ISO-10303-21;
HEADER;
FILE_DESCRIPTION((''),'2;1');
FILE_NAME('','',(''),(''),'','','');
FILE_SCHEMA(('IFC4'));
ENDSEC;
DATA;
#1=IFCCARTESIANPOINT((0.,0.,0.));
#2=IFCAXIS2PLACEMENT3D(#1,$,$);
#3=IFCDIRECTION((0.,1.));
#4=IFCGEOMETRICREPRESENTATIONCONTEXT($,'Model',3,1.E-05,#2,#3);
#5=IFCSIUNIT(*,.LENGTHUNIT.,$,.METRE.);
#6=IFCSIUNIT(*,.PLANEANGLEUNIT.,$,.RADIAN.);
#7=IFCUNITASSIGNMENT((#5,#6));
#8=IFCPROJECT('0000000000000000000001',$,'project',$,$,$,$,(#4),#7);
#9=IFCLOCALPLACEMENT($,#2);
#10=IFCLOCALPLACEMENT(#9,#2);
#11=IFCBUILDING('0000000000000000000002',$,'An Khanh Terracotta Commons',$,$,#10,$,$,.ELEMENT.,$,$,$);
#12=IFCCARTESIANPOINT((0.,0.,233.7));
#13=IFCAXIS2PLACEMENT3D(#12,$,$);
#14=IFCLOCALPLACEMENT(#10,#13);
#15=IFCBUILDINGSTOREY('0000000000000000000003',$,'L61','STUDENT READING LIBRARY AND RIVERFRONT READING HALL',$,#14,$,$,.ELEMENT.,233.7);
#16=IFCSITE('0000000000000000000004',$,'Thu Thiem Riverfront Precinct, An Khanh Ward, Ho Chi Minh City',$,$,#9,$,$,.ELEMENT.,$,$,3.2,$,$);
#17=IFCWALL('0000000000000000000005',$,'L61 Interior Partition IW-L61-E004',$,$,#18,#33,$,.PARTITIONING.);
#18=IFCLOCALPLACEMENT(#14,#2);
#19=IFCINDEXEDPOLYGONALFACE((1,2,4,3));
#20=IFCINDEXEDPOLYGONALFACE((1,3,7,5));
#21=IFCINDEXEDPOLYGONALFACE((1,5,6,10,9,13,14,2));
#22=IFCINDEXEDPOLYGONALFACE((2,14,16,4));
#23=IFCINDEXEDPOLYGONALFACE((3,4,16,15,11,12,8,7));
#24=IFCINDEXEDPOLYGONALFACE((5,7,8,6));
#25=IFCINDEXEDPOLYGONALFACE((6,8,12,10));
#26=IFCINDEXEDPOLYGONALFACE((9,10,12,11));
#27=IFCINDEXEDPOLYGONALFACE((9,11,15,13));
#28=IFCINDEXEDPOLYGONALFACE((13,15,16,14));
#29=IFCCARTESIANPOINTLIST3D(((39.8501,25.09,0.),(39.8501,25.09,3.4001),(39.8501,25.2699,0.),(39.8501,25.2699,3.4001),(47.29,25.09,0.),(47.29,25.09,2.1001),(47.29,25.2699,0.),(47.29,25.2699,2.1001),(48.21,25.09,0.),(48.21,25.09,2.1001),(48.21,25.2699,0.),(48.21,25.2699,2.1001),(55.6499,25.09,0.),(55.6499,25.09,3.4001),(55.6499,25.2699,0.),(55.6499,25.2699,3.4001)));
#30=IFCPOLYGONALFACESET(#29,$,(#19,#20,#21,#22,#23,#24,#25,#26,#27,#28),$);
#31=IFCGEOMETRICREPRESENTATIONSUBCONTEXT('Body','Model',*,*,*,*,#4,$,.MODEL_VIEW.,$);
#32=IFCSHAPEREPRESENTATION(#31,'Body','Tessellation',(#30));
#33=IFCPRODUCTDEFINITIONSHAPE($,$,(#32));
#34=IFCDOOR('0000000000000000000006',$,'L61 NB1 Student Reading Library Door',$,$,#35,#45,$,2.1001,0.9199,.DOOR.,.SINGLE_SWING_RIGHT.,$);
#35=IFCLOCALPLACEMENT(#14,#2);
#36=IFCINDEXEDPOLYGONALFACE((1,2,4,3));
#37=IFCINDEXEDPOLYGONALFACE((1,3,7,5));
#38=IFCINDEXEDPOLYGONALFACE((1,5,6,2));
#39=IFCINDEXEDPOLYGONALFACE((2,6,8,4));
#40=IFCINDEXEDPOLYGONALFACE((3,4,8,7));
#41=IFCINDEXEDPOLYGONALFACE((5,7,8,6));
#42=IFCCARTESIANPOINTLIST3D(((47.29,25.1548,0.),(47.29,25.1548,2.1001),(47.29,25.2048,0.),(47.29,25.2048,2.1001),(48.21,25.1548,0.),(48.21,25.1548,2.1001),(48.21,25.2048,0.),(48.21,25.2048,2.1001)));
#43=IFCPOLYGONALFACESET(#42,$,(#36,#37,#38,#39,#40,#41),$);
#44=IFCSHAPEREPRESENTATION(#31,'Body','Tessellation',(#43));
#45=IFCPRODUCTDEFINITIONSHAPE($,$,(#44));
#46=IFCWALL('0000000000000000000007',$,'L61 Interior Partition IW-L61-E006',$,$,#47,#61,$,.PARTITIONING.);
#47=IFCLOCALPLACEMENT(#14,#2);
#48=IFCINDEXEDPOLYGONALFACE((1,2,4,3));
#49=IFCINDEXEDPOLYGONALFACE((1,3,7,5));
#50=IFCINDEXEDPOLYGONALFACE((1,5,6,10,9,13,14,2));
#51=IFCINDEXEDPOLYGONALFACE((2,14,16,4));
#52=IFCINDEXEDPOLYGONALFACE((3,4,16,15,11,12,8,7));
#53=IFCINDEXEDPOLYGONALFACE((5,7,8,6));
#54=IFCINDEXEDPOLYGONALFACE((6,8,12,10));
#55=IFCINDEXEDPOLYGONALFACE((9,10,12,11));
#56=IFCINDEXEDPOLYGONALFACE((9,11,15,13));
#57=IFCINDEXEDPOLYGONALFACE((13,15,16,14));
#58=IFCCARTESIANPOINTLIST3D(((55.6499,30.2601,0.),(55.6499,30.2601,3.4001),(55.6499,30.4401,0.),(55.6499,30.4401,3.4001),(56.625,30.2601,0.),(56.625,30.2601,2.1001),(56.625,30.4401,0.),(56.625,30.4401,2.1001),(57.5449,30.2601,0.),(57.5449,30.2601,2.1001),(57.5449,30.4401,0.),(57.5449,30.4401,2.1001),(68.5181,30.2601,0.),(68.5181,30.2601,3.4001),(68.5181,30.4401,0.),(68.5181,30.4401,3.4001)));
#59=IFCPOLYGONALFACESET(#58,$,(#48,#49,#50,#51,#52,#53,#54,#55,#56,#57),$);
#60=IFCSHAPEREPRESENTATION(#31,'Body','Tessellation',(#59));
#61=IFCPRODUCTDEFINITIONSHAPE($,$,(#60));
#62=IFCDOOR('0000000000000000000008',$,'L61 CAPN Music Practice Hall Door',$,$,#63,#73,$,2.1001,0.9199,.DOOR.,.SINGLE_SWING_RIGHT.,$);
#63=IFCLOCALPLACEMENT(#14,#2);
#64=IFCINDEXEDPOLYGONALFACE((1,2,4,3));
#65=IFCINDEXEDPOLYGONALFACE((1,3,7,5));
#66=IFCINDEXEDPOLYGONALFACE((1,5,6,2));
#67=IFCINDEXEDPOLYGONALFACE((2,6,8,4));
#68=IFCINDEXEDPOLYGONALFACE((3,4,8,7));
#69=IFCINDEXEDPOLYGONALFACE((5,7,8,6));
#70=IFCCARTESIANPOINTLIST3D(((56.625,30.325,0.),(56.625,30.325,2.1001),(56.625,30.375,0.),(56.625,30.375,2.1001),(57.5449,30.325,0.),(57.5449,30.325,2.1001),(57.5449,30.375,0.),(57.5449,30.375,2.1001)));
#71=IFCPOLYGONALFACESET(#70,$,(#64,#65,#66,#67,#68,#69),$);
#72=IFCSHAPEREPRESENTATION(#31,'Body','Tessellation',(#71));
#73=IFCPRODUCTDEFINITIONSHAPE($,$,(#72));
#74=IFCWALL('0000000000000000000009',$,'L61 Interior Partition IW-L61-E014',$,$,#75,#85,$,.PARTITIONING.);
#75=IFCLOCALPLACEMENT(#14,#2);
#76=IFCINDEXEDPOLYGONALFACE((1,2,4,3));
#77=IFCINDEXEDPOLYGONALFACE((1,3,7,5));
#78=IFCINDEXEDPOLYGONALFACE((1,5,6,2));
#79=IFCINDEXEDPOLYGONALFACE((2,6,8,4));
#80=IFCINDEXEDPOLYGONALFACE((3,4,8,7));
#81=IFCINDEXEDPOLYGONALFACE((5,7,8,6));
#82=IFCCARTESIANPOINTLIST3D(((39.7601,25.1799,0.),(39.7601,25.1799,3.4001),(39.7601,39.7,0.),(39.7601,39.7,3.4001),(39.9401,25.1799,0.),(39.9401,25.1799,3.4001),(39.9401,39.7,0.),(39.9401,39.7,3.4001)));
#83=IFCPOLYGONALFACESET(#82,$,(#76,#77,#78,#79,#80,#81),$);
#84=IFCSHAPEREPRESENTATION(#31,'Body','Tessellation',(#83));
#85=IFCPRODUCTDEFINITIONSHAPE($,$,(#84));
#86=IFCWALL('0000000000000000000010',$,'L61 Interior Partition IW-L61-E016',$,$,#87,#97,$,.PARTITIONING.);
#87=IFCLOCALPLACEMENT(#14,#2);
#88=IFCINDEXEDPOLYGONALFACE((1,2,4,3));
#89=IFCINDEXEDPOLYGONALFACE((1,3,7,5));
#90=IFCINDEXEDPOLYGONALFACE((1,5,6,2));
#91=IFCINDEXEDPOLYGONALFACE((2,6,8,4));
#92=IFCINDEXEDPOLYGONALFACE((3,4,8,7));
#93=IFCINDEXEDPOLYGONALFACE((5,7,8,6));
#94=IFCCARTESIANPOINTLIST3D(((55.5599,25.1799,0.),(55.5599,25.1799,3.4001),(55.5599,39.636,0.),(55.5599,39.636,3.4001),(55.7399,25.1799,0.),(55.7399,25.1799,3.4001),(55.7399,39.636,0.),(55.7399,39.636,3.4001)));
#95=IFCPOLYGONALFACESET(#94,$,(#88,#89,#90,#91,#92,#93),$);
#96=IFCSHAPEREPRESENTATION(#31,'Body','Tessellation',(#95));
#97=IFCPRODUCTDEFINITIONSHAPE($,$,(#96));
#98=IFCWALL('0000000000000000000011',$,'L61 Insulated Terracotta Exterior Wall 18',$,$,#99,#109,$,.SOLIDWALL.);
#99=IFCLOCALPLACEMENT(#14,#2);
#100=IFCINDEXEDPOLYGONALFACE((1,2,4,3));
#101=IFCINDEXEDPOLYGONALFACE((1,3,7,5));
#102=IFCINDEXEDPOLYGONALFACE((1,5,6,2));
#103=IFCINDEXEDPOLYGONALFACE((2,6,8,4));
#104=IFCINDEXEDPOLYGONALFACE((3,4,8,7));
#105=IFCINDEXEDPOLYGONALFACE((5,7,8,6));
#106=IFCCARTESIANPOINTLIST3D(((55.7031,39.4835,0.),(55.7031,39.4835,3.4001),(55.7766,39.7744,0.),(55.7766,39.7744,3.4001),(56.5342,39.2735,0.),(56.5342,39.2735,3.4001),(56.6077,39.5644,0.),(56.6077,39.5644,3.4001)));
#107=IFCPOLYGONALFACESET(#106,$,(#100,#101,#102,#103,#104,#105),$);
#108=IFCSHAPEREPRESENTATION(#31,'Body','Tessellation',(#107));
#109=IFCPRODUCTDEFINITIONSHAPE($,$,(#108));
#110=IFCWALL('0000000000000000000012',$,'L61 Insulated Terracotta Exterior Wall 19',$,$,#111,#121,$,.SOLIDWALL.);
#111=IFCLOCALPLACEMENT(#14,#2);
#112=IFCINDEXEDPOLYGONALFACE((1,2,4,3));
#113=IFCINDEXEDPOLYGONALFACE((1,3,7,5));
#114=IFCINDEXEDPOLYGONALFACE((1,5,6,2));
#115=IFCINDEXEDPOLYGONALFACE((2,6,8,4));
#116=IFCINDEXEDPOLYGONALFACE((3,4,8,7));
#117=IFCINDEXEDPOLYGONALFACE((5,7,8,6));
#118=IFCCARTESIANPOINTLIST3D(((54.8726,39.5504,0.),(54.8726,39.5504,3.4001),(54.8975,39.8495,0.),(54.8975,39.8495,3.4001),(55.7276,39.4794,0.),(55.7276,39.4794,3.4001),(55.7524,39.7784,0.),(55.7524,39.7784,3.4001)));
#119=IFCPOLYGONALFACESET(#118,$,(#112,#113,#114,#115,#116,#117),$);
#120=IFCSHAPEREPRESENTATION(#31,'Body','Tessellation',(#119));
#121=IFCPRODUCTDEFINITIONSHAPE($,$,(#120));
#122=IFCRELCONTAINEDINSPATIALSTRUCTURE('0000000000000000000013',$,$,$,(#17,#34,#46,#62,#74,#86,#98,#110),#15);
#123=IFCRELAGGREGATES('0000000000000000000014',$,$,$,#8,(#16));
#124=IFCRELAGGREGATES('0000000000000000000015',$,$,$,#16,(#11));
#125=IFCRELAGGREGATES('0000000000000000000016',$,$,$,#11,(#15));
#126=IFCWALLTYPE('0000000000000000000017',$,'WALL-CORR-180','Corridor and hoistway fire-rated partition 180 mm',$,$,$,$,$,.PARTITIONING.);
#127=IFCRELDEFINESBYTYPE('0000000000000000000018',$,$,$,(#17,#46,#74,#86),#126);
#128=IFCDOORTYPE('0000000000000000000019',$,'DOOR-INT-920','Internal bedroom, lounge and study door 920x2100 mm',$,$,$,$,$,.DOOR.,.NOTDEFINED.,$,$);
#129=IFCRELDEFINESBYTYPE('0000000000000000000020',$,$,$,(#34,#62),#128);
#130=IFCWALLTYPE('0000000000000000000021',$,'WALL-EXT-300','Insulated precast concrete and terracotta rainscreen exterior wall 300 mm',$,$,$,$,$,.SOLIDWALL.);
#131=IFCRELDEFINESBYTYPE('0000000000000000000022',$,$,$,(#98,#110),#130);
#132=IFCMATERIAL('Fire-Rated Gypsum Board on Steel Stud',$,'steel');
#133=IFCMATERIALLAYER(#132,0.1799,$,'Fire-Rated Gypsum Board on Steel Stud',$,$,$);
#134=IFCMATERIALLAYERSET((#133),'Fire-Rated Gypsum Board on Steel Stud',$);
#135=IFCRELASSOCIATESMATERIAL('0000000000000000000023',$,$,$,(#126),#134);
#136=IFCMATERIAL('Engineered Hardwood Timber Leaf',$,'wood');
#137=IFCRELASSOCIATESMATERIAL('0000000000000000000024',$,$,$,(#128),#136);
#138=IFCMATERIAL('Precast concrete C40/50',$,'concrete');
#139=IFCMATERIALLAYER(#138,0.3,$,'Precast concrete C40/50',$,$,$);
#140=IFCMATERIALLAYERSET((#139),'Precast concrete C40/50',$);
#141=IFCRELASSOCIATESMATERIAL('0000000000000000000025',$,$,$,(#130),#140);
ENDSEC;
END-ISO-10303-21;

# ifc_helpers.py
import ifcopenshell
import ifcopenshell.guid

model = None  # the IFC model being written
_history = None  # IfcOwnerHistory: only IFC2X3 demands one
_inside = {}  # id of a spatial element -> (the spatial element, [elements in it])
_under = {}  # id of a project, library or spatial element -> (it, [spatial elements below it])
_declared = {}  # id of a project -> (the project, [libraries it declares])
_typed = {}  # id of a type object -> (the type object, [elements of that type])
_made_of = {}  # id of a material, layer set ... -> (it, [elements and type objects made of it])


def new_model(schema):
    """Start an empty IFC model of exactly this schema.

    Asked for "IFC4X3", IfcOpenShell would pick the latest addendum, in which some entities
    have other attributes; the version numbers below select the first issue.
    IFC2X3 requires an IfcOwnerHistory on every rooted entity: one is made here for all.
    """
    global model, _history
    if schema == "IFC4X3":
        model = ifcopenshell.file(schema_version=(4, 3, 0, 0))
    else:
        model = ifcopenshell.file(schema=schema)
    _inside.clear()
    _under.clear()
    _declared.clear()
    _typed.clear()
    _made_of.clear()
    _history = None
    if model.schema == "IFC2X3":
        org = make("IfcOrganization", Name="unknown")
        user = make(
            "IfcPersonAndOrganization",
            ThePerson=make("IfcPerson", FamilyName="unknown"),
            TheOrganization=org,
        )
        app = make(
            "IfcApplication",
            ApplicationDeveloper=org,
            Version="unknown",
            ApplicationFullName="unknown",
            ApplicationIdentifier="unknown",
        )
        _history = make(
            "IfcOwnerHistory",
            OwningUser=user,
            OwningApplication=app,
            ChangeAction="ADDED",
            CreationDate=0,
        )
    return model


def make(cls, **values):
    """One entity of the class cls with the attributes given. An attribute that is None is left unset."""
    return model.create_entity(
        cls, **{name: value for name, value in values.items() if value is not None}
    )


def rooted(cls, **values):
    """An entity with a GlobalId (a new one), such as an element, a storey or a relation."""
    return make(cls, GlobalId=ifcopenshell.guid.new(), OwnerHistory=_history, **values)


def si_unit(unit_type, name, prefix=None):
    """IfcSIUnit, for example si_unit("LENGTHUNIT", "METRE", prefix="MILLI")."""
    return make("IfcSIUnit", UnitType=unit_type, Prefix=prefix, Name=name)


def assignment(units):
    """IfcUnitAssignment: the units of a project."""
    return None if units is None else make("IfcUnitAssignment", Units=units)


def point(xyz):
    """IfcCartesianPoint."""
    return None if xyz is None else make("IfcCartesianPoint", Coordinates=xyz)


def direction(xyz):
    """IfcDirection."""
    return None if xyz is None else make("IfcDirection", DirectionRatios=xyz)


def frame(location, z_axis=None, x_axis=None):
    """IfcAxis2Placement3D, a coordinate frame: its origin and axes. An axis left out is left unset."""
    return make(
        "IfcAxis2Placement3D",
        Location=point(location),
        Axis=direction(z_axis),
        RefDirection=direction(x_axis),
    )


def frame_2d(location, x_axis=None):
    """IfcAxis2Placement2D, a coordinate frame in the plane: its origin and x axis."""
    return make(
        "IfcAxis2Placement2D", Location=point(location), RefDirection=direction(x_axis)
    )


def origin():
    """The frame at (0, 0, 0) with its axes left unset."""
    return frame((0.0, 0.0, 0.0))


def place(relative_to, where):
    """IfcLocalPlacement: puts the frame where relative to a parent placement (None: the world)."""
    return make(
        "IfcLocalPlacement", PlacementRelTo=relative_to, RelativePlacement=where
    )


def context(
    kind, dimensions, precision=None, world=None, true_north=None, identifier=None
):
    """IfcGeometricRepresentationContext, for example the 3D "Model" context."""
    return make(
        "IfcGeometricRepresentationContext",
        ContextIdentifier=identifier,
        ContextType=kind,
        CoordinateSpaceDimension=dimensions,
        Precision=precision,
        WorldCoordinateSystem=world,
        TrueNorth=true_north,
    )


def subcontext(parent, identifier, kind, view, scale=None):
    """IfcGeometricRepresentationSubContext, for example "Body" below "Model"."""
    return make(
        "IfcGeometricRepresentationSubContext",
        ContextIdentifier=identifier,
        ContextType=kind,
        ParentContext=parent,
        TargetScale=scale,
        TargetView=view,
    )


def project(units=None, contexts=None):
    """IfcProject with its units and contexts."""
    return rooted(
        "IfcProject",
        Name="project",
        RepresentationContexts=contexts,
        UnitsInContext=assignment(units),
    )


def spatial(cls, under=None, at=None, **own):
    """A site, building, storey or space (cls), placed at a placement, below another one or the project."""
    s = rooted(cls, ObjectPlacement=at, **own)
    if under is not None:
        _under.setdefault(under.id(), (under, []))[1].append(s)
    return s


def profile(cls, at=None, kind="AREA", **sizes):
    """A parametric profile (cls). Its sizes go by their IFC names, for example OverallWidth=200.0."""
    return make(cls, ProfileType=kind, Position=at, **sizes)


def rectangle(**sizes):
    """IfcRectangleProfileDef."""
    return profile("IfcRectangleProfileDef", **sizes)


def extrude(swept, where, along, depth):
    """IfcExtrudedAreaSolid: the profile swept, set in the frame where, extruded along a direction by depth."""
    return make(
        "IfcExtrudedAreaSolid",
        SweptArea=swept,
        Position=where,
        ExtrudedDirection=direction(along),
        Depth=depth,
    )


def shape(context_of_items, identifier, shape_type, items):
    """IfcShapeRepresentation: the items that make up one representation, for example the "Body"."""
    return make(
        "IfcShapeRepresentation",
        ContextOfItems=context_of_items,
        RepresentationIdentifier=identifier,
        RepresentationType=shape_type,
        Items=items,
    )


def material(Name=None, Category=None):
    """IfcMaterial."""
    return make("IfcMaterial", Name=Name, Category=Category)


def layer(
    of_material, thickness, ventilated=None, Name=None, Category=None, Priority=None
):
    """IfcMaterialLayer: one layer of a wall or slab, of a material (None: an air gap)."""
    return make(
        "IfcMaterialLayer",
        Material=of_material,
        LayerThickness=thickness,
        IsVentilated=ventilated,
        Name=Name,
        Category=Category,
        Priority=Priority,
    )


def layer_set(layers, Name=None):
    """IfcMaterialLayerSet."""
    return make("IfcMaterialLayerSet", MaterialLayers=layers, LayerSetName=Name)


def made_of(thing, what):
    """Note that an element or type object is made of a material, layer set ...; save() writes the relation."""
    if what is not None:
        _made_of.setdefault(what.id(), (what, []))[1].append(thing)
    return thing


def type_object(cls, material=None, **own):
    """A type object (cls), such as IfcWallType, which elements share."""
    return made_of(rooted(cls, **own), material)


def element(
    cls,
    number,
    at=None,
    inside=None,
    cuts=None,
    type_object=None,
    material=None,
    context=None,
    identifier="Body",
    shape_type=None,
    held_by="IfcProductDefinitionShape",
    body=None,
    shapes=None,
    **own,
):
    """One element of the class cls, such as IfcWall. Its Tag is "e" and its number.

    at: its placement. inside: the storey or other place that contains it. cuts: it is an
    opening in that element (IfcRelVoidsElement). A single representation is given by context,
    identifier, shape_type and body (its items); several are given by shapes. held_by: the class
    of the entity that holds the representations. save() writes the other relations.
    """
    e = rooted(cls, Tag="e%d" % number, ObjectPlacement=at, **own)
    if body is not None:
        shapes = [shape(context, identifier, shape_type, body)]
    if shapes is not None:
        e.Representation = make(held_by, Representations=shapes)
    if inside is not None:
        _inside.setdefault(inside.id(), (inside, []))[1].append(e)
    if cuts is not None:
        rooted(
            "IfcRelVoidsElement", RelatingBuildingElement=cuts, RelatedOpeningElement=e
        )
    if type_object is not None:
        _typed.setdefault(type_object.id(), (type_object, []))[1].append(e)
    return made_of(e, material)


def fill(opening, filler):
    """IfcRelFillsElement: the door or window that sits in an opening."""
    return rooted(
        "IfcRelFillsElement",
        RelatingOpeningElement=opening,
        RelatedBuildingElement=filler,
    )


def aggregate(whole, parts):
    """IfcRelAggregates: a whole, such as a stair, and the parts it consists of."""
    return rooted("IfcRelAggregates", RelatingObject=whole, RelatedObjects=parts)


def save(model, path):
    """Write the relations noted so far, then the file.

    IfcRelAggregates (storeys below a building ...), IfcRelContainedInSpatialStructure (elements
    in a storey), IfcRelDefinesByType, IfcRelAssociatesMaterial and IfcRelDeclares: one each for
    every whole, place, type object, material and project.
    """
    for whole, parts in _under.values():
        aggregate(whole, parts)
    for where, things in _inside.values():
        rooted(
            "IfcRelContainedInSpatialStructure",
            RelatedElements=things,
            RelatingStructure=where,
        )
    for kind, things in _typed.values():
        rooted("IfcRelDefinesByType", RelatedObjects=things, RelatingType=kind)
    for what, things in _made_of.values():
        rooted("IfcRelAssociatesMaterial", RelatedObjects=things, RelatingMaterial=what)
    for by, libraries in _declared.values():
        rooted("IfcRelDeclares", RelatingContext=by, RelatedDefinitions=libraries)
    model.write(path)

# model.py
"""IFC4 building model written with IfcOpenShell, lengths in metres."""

from ifc_helpers import new_model, si_unit, direction, frame, frame_2d, origin, place, context, subcontext, project, spatial, rectangle, extrude, material, layer, layer_set, type_object, element, fill, save


model = new_model("IFC4")

# Units and contexts
model_context = context("Model", 3, precision=1e-05, world=origin(), true_north=direction((0.0, 1.0)))
body_context = subcontext(model_context, "Body", "Model", "MODEL_VIEW")
ifc_project = project(units=[si_unit("LENGTHUNIT", "METRE"), si_unit("PLANEANGLEUNIT", "RADIAN")], contexts=[model_context])

# Site, building, storey
site_placement = place(None, origin())
site = spatial("IfcSite", under=ifc_project, at=site_placement, Name="Thu Thiem Riverfront Precinct, An Khanh Ward, Ho Chi Minh City", CompositionType="ELEMENT", RefElevation=3.2)
building_placement = place(site_placement, origin())
building = spatial("IfcBuilding", under=site, at=building_placement, Name="An Khanh Terracotta Commons", CompositionType="ELEMENT")
storey_placement = place(building_placement, frame((0.0, 0.0, 233.7)))
storey = spatial("IfcBuildingStorey", under=building, at=storey_placement, Name="L61", Description="STUDENT READING LIBRARY AND RIVERFRONT READING HALL", CompositionType="ELEMENT", Elevation=233.7)

# Walls, openings, doors
ifc_material_1 = material(Name="Fire-Rated Gypsum Board on Steel Stud", Category="steel")
ifc_layer_1 = layer(ifc_material_1, 0.1799, Name="Fire-Rated Gypsum Board on Steel Stud")
ifc_layer_set_1 = layer_set([ifc_layer_1], Name="Fire-Rated Gypsum Board on Steel Stud")
wall_type_1 = type_object("IfcWallType", Name="WALL-CORR-180", Description="Corridor and hoistway fire-rated partition 180 mm", PredefinedType="PARTITIONING", material=ifc_layer_set_1)
wall_1_placement = place(storey_placement, frame((39.8501, 25.1799, 0.0), z_axis=(0.0, 0.0, 1.0), x_axis=(1.0, 0.0, 0.0)))
wall_1 = element("IfcWall", 1, at=wall_1_placement, inside=storey, type_object=wall_type_1, Name="L61 Interior Partition IW-L61-E004", PredefinedType="PARTITIONING", context=body_context, shape_type="SweptSolid", body=[
    extrude(rectangle(XDim=15.7998, YDim=0.1799, at=frame_2d((7.8999, 0.0))), origin(), (0.0, 0.0, 1.0), 3.4001),
])
opening_1_placement = place(wall_1_placement, frame((7.4399, 0.0, 0.0)))
opening_1 = element("IfcOpeningElement", 2, at=opening_1_placement, cuts=wall_1, PredefinedType="OPENING", context=body_context, shape_type="SweptSolid", body=[
    extrude(rectangle(XDim=0.9199, YDim=2.1001, at=frame_2d((0.46, 1.05))), frame((0.0, 0.0999, 0.0), z_axis=(0.0, -1.0, 0.0), x_axis=(1.0, 0.0, 0.0)), (0.0, 0.0, 1.0), 0.2),
])
ifc_material_2 = material(Name="Engineered Hardwood Timber Leaf", Category="wood")
door_type_1 = type_object("IfcDoorType", Name="DOOR-INT-920", Description="Internal bedroom, lounge and study door 920x2100 mm", OperationType="NOTDEFINED", PredefinedType="DOOR", material=ifc_material_2)
door_1_placement = place(opening_1_placement, origin())
door_1 = element("IfcDoor", 3, at=door_1_placement, inside=storey, type_object=door_type_1, Name="L61 NB1 Student Reading Library Door", OperationType="SINGLE_SWING_RIGHT", OverallHeight=2.1001, OverallWidth=0.9199, PredefinedType="DOOR", context=body_context, shape_type="SweptSolid", body=[
    extrude(rectangle(XDim=0.9199, YDim=2.1001, at=frame_2d((0.46, 1.05))), frame((0.0, 0.0249, 0.0), z_axis=(0.0, -1.0, 0.0), x_axis=(1.0, 0.0, 0.0)), (0.0, 0.0, 1.0), 0.05),
])
fill(opening_1, door_1)
wall_2_placement = place(storey_placement, frame((55.6499, 30.3501, 0.0), z_axis=(0.0, 0.0, 1.0), x_axis=(1.0, 0.0, 0.0)))
wall_2 = element("IfcWall", 4, at=wall_2_placement, inside=storey, type_object=wall_type_1, Name="L61 Interior Partition IW-L61-E006", PredefinedType="PARTITIONING", context=body_context, shape_type="SweptSolid", body=[
    extrude(rectangle(XDim=12.8682, YDim=0.1799, at=frame_2d((6.4341, 0.0))), origin(), (0.0, 0.0, 1.0), 3.4001),
])
opening_2_placement = place(wall_2_placement, frame((0.9751, 0.0, 0.0)))
opening_2 = element("IfcOpeningElement", 5, at=opening_2_placement, cuts=wall_2, PredefinedType="OPENING", context=body_context, shape_type="SweptSolid", body=[
    extrude(rectangle(XDim=0.9199, YDim=2.1001, at=frame_2d((0.46, 1.05))), frame((0.0, 0.0999, 0.0), z_axis=(0.0, -1.0, 0.0), x_axis=(1.0, 0.0, 0.0)), (0.0, 0.0, 1.0), 0.2),
])
door_2_placement = place(opening_2_placement, origin())
door_2 = element("IfcDoor", 6, at=door_2_placement, inside=storey, type_object=door_type_1, Name="L61 CAPN Music Practice Hall Door", OperationType="SINGLE_SWING_RIGHT", OverallHeight=2.1001, OverallWidth=0.9199, PredefinedType="DOOR", context=body_context, shape_type="SweptSolid", body=[
    extrude(rectangle(XDim=0.9199, YDim=2.1001, at=frame_2d((0.46, 1.05))), frame((0.0, 0.0249, 0.0), z_axis=(0.0, -1.0, 0.0), x_axis=(1.0, 0.0, 0.0)), (0.0, 0.0, 1.0), 0.05),
])
fill(opening_2, door_2)

# Walls
wall_3_placement = place(storey_placement, frame((39.8501, 25.1799, 0.0), z_axis=(0.0, 0.0, 1.0), x_axis=(0.0, 1.0, 0.0)))
element("IfcWall", 7, at=wall_3_placement, inside=storey, type_object=wall_type_1, Name="L61 Interior Partition IW-L61-E014", PredefinedType="PARTITIONING", context=body_context, shape_type="SweptSolid", body=[
    extrude(rectangle(XDim=14.52, YDim=0.1799, at=frame_2d((7.26, 0.0))), origin(), (0.0, 0.0, 1.0), 3.4001),
])
wall_4_placement = place(storey_placement, frame((55.6499, 25.1799, 0.0), z_axis=(0.0, 0.0, 1.0), x_axis=(0.0, 1.0, 0.0)))
element("IfcWall", 8, at=wall_4_placement, inside=storey, type_object=wall_type_1, Name="L61 Interior Partition IW-L61-E016", PredefinedType="PARTITIONING", context=body_context, shape_type="SweptSolid", body=[
    extrude(rectangle(XDim=14.4561, YDim=0.1799, at=frame_2d((7.228, 0.0))), origin(), (0.0, 0.0, 1.0), 3.4001),
])
ifc_material_3 = material(Name="Precast concrete C40/50", Category="concrete")
ifc_layer_2 = layer(ifc_material_3, 0.3, Name="Precast concrete C40/50")
ifc_layer_set_2 = layer_set([ifc_layer_2], Name="Precast concrete C40/50")
wall_type_2 = type_object("IfcWallType", Name="WALL-EXT-300", Description="Insulated precast concrete and terracotta rainscreen exterior wall 300 mm", PredefinedType="SOLIDWALL", material=ifc_layer_set_2)
wall_5_placement = place(storey_placement, frame((56.571, 39.4189, 0.0), z_axis=(0.0, 0.0, 1.0), x_axis=(-0.969536, 0.244947, 0.0)))
element("IfcWall", 9, at=wall_5_placement, inside=storey, type_object=wall_type_2, Name="L61 Insulated Terracotta Exterior Wall 18", PredefinedType="SOLIDWALL", context=body_context, shape_type="SweptSolid", body=[
    extrude(rectangle(XDim=0.8572, YDim=0.3, at=frame_2d((0.4287, 0.0))), origin(), (0.0, 0.0, 1.0), 3.4001),
])
wall_6_placement = place(storey_placement, frame((55.74, 39.6289, 0.0), z_axis=(0.0, 0.0, 1.0), x_axis=(-0.996565, 0.08281, 0.0)))
element("IfcWall", 10, at=wall_6_placement, inside=storey, type_object=wall_type_2, Name="L61 Insulated Terracotta Exterior Wall 19", PredefinedType="SOLIDWALL", context=body_context, shape_type="SweptSolid", body=[
    extrude(rectangle(XDim=0.8579, YDim=0.3, at=frame_2d((0.429, 0.0))), origin(), (0.0, 0.0, 1.0), 3.4001),
])

save(model, "model.ifc")
